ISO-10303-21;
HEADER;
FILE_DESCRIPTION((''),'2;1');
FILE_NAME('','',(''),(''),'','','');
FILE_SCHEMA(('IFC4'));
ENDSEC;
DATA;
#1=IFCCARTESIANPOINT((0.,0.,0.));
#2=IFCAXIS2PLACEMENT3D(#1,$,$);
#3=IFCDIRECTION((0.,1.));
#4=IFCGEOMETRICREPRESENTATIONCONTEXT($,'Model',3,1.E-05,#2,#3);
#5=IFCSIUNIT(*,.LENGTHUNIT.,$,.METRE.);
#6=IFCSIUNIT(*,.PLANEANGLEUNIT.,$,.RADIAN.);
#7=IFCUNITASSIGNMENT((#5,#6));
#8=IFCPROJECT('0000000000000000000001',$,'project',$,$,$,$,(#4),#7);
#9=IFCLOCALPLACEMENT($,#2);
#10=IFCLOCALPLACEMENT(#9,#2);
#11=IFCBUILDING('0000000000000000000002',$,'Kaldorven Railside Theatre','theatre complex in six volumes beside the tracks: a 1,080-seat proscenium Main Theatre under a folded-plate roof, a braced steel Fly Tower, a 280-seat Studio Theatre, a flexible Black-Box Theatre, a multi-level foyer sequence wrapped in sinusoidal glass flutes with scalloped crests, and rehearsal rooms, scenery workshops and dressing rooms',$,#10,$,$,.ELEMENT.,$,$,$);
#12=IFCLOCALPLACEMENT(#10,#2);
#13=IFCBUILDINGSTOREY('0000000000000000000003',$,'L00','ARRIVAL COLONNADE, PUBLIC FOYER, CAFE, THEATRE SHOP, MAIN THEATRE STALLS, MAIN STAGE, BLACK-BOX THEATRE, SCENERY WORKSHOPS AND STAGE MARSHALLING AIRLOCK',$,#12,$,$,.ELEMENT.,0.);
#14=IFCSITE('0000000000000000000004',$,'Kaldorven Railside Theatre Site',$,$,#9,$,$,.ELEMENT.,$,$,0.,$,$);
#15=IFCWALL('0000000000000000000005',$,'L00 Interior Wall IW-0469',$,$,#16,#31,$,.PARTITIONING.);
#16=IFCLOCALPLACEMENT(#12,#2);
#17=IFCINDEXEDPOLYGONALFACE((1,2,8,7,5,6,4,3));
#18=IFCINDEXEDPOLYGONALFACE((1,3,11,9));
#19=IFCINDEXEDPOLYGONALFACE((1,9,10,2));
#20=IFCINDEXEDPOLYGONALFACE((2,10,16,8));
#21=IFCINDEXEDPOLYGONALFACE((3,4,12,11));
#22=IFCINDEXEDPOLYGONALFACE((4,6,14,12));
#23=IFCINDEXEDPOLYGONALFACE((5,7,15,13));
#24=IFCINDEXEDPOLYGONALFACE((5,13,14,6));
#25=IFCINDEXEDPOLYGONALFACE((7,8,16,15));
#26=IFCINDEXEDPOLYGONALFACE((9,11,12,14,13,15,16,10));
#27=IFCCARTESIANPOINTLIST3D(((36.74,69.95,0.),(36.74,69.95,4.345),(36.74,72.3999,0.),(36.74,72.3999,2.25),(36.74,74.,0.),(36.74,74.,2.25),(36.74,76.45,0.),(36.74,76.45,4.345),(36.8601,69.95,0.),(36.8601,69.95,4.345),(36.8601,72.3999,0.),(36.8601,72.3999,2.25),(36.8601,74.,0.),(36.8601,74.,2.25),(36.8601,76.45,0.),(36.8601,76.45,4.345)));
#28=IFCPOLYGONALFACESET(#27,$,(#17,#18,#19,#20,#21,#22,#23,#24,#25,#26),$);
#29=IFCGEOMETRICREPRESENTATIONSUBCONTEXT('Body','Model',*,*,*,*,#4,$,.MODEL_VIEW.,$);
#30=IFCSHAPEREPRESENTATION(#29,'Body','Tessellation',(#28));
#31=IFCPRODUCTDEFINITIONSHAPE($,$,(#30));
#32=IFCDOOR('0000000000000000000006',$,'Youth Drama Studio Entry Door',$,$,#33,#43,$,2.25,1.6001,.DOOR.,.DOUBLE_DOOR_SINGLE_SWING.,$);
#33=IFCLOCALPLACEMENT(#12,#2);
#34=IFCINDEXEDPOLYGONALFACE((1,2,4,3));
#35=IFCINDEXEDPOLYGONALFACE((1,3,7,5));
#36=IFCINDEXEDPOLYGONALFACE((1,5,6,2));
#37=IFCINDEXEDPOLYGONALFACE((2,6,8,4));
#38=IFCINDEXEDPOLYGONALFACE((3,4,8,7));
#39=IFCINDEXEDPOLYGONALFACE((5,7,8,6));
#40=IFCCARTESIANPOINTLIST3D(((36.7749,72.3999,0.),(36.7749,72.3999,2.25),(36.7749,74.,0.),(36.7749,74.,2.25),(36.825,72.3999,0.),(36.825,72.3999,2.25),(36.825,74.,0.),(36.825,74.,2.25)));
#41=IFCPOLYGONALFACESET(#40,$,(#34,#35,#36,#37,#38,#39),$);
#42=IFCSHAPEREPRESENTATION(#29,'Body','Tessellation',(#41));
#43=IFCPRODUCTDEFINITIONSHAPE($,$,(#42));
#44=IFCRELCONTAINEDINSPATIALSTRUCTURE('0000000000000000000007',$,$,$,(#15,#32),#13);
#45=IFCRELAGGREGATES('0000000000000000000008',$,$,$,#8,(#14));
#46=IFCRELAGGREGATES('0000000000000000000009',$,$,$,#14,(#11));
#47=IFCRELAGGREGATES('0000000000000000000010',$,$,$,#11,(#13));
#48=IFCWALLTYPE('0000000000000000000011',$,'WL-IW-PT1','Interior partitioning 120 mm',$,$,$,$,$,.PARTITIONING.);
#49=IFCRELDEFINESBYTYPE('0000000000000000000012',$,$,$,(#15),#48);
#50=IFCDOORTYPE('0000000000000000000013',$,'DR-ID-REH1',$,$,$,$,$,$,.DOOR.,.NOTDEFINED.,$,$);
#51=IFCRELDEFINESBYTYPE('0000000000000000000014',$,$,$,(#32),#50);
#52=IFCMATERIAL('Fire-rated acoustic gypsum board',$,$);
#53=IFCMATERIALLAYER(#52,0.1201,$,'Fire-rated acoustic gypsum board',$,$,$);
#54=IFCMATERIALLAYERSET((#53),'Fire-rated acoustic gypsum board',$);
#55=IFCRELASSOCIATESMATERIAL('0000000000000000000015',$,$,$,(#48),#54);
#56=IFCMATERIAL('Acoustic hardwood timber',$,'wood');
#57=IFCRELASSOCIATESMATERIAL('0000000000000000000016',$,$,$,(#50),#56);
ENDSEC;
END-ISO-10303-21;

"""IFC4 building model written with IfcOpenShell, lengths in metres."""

from ifc_helpers import new_model, si_unit, direction, frame, frame_2d, origin, place, context, subcontext, project, spatial, rectangle, extrude, material, layer, layer_set, type_object, element, fill, save


model = new_model("IFC4")

# Units and contexts
model_context = context("Model", 3, precision=1e-05, world=origin(), true_north=direction((0.0, 1.0)))
body_context = subcontext(model_context, "Body", "Model", "MODEL_VIEW")
ifc_project = project(units=[si_unit("LENGTHUNIT", "METRE"), si_unit("PLANEANGLEUNIT", "RADIAN")], contexts=[model_context])

# Site, building, storey
site_placement = place(None, origin())
site = spatial("IfcSite", under=ifc_project, at=site_placement, Name="Kaldorven Railside Theatre Site", CompositionType="ELEMENT", RefElevation=0.0)
building_placement = place(site_placement, origin())
building = spatial("IfcBuilding", under=site, at=building_placement, Name="Kaldorven Railside Theatre", Description="theatre complex in six volumes beside the tracks: a 1,080-seat proscenium Main Theatre under a folded-plate roof, a braced steel Fly Tower, a 280-seat Studio Theatre, a flexible Black-Box Theatre, a multi-level foyer sequence wrapped in sinusoidal glass flutes with scalloped crests, and rehearsal rooms, scenery workshops and dressing rooms", CompositionType="ELEMENT")
storey_placement = place(building_placement, origin())
storey = spatial("IfcBuildingStorey", under=building, at=storey_placement, Name="L00", Description="ARRIVAL COLONNADE, PUBLIC FOYER, CAFE, THEATRE SHOP, MAIN THEATRE STALLS, MAIN STAGE, BLACK-BOX THEATRE, SCENERY WORKSHOPS AND STAGE MARSHALLING AIRLOCK", CompositionType="ELEMENT", Elevation=0.0)

# Wall, opening, door
ifc_material_1 = material(Name="Fire-rated acoustic gypsum board")
ifc_layer_1 = layer(ifc_material_1, 0.1201, Name="Fire-rated acoustic gypsum board")
ifc_layer_set_1 = layer_set([ifc_layer_1], Name="Fire-rated acoustic gypsum board")
wall_type_1 = type_object("IfcWallType", Name="WL-IW-PT1", Description="Interior partitioning 120 mm", PredefinedType="PARTITIONING", material=ifc_layer_set_1)
wall_1_placement = place(storey_placement, frame((36.8, 76.45, 0.0), z_axis=(0.0, 0.0, 1.0), x_axis=(0.0, -1.0, 0.0)))
wall_1 = element("IfcWall", 1, at=wall_1_placement, inside=storey, type_object=wall_type_1, Name="L00 Interior Wall IW-0469", PredefinedType="PARTITIONING", context=body_context, shape_type="SweptSolid", body=[
    extrude(rectangle(XDim=6.5, YDim=0.1201, at=frame_2d((3.25, 0.0))), origin(), (0.0, 0.0, 1.0), 4.345),
])
opening_1_placement = place(wall_1_placement, frame((2.45, 0.0, 0.0)))
opening_1 = element("IfcOpeningElement", 2, at=opening_1_placement, cuts=wall_1, PredefinedType="OPENING", context=body_context, shape_type="SweptSolid", body=[
    extrude(rectangle(XDim=1.6001, YDim=2.25, at=frame_2d((0.8, 1.125))), frame((0.0, 0.0701, 0.0), z_axis=(0.0, -1.0, 0.0), x_axis=(1.0, 0.0, 0.0)), (0.0, 0.0, 1.0), 0.1401),
])
ifc_material_2 = material(Name="Acoustic hardwood timber", Category="wood")
door_type = type_object("IfcDoorType", Name="DR-ID-REH1", OperationType="NOTDEFINED", PredefinedType="DOOR", material=ifc_material_2)
door_placement = place(opening_1_placement, origin())
door = element("IfcDoor", 3, at=door_placement, inside=storey, type_object=door_type, Name="Youth Drama Studio Entry Door", OperationType="DOUBLE_DOOR_SINGLE_SWING", OverallHeight=2.25, OverallWidth=1.6001, PredefinedType="DOOR", context=body_context, shape_type="SweptSolid", body=[
    extrude(rectangle(XDim=1.6001, YDim=2.25, at=frame_2d((0.8, 1.125))), frame((0.0, 0.0249, 0.0), z_axis=(0.0, -1.0, 0.0), x_axis=(1.0, 0.0, 0.0)), (0.0, 0.0, 1.0), 0.05),
])
fill(opening_1, door)

save(model, "model.ifc")
